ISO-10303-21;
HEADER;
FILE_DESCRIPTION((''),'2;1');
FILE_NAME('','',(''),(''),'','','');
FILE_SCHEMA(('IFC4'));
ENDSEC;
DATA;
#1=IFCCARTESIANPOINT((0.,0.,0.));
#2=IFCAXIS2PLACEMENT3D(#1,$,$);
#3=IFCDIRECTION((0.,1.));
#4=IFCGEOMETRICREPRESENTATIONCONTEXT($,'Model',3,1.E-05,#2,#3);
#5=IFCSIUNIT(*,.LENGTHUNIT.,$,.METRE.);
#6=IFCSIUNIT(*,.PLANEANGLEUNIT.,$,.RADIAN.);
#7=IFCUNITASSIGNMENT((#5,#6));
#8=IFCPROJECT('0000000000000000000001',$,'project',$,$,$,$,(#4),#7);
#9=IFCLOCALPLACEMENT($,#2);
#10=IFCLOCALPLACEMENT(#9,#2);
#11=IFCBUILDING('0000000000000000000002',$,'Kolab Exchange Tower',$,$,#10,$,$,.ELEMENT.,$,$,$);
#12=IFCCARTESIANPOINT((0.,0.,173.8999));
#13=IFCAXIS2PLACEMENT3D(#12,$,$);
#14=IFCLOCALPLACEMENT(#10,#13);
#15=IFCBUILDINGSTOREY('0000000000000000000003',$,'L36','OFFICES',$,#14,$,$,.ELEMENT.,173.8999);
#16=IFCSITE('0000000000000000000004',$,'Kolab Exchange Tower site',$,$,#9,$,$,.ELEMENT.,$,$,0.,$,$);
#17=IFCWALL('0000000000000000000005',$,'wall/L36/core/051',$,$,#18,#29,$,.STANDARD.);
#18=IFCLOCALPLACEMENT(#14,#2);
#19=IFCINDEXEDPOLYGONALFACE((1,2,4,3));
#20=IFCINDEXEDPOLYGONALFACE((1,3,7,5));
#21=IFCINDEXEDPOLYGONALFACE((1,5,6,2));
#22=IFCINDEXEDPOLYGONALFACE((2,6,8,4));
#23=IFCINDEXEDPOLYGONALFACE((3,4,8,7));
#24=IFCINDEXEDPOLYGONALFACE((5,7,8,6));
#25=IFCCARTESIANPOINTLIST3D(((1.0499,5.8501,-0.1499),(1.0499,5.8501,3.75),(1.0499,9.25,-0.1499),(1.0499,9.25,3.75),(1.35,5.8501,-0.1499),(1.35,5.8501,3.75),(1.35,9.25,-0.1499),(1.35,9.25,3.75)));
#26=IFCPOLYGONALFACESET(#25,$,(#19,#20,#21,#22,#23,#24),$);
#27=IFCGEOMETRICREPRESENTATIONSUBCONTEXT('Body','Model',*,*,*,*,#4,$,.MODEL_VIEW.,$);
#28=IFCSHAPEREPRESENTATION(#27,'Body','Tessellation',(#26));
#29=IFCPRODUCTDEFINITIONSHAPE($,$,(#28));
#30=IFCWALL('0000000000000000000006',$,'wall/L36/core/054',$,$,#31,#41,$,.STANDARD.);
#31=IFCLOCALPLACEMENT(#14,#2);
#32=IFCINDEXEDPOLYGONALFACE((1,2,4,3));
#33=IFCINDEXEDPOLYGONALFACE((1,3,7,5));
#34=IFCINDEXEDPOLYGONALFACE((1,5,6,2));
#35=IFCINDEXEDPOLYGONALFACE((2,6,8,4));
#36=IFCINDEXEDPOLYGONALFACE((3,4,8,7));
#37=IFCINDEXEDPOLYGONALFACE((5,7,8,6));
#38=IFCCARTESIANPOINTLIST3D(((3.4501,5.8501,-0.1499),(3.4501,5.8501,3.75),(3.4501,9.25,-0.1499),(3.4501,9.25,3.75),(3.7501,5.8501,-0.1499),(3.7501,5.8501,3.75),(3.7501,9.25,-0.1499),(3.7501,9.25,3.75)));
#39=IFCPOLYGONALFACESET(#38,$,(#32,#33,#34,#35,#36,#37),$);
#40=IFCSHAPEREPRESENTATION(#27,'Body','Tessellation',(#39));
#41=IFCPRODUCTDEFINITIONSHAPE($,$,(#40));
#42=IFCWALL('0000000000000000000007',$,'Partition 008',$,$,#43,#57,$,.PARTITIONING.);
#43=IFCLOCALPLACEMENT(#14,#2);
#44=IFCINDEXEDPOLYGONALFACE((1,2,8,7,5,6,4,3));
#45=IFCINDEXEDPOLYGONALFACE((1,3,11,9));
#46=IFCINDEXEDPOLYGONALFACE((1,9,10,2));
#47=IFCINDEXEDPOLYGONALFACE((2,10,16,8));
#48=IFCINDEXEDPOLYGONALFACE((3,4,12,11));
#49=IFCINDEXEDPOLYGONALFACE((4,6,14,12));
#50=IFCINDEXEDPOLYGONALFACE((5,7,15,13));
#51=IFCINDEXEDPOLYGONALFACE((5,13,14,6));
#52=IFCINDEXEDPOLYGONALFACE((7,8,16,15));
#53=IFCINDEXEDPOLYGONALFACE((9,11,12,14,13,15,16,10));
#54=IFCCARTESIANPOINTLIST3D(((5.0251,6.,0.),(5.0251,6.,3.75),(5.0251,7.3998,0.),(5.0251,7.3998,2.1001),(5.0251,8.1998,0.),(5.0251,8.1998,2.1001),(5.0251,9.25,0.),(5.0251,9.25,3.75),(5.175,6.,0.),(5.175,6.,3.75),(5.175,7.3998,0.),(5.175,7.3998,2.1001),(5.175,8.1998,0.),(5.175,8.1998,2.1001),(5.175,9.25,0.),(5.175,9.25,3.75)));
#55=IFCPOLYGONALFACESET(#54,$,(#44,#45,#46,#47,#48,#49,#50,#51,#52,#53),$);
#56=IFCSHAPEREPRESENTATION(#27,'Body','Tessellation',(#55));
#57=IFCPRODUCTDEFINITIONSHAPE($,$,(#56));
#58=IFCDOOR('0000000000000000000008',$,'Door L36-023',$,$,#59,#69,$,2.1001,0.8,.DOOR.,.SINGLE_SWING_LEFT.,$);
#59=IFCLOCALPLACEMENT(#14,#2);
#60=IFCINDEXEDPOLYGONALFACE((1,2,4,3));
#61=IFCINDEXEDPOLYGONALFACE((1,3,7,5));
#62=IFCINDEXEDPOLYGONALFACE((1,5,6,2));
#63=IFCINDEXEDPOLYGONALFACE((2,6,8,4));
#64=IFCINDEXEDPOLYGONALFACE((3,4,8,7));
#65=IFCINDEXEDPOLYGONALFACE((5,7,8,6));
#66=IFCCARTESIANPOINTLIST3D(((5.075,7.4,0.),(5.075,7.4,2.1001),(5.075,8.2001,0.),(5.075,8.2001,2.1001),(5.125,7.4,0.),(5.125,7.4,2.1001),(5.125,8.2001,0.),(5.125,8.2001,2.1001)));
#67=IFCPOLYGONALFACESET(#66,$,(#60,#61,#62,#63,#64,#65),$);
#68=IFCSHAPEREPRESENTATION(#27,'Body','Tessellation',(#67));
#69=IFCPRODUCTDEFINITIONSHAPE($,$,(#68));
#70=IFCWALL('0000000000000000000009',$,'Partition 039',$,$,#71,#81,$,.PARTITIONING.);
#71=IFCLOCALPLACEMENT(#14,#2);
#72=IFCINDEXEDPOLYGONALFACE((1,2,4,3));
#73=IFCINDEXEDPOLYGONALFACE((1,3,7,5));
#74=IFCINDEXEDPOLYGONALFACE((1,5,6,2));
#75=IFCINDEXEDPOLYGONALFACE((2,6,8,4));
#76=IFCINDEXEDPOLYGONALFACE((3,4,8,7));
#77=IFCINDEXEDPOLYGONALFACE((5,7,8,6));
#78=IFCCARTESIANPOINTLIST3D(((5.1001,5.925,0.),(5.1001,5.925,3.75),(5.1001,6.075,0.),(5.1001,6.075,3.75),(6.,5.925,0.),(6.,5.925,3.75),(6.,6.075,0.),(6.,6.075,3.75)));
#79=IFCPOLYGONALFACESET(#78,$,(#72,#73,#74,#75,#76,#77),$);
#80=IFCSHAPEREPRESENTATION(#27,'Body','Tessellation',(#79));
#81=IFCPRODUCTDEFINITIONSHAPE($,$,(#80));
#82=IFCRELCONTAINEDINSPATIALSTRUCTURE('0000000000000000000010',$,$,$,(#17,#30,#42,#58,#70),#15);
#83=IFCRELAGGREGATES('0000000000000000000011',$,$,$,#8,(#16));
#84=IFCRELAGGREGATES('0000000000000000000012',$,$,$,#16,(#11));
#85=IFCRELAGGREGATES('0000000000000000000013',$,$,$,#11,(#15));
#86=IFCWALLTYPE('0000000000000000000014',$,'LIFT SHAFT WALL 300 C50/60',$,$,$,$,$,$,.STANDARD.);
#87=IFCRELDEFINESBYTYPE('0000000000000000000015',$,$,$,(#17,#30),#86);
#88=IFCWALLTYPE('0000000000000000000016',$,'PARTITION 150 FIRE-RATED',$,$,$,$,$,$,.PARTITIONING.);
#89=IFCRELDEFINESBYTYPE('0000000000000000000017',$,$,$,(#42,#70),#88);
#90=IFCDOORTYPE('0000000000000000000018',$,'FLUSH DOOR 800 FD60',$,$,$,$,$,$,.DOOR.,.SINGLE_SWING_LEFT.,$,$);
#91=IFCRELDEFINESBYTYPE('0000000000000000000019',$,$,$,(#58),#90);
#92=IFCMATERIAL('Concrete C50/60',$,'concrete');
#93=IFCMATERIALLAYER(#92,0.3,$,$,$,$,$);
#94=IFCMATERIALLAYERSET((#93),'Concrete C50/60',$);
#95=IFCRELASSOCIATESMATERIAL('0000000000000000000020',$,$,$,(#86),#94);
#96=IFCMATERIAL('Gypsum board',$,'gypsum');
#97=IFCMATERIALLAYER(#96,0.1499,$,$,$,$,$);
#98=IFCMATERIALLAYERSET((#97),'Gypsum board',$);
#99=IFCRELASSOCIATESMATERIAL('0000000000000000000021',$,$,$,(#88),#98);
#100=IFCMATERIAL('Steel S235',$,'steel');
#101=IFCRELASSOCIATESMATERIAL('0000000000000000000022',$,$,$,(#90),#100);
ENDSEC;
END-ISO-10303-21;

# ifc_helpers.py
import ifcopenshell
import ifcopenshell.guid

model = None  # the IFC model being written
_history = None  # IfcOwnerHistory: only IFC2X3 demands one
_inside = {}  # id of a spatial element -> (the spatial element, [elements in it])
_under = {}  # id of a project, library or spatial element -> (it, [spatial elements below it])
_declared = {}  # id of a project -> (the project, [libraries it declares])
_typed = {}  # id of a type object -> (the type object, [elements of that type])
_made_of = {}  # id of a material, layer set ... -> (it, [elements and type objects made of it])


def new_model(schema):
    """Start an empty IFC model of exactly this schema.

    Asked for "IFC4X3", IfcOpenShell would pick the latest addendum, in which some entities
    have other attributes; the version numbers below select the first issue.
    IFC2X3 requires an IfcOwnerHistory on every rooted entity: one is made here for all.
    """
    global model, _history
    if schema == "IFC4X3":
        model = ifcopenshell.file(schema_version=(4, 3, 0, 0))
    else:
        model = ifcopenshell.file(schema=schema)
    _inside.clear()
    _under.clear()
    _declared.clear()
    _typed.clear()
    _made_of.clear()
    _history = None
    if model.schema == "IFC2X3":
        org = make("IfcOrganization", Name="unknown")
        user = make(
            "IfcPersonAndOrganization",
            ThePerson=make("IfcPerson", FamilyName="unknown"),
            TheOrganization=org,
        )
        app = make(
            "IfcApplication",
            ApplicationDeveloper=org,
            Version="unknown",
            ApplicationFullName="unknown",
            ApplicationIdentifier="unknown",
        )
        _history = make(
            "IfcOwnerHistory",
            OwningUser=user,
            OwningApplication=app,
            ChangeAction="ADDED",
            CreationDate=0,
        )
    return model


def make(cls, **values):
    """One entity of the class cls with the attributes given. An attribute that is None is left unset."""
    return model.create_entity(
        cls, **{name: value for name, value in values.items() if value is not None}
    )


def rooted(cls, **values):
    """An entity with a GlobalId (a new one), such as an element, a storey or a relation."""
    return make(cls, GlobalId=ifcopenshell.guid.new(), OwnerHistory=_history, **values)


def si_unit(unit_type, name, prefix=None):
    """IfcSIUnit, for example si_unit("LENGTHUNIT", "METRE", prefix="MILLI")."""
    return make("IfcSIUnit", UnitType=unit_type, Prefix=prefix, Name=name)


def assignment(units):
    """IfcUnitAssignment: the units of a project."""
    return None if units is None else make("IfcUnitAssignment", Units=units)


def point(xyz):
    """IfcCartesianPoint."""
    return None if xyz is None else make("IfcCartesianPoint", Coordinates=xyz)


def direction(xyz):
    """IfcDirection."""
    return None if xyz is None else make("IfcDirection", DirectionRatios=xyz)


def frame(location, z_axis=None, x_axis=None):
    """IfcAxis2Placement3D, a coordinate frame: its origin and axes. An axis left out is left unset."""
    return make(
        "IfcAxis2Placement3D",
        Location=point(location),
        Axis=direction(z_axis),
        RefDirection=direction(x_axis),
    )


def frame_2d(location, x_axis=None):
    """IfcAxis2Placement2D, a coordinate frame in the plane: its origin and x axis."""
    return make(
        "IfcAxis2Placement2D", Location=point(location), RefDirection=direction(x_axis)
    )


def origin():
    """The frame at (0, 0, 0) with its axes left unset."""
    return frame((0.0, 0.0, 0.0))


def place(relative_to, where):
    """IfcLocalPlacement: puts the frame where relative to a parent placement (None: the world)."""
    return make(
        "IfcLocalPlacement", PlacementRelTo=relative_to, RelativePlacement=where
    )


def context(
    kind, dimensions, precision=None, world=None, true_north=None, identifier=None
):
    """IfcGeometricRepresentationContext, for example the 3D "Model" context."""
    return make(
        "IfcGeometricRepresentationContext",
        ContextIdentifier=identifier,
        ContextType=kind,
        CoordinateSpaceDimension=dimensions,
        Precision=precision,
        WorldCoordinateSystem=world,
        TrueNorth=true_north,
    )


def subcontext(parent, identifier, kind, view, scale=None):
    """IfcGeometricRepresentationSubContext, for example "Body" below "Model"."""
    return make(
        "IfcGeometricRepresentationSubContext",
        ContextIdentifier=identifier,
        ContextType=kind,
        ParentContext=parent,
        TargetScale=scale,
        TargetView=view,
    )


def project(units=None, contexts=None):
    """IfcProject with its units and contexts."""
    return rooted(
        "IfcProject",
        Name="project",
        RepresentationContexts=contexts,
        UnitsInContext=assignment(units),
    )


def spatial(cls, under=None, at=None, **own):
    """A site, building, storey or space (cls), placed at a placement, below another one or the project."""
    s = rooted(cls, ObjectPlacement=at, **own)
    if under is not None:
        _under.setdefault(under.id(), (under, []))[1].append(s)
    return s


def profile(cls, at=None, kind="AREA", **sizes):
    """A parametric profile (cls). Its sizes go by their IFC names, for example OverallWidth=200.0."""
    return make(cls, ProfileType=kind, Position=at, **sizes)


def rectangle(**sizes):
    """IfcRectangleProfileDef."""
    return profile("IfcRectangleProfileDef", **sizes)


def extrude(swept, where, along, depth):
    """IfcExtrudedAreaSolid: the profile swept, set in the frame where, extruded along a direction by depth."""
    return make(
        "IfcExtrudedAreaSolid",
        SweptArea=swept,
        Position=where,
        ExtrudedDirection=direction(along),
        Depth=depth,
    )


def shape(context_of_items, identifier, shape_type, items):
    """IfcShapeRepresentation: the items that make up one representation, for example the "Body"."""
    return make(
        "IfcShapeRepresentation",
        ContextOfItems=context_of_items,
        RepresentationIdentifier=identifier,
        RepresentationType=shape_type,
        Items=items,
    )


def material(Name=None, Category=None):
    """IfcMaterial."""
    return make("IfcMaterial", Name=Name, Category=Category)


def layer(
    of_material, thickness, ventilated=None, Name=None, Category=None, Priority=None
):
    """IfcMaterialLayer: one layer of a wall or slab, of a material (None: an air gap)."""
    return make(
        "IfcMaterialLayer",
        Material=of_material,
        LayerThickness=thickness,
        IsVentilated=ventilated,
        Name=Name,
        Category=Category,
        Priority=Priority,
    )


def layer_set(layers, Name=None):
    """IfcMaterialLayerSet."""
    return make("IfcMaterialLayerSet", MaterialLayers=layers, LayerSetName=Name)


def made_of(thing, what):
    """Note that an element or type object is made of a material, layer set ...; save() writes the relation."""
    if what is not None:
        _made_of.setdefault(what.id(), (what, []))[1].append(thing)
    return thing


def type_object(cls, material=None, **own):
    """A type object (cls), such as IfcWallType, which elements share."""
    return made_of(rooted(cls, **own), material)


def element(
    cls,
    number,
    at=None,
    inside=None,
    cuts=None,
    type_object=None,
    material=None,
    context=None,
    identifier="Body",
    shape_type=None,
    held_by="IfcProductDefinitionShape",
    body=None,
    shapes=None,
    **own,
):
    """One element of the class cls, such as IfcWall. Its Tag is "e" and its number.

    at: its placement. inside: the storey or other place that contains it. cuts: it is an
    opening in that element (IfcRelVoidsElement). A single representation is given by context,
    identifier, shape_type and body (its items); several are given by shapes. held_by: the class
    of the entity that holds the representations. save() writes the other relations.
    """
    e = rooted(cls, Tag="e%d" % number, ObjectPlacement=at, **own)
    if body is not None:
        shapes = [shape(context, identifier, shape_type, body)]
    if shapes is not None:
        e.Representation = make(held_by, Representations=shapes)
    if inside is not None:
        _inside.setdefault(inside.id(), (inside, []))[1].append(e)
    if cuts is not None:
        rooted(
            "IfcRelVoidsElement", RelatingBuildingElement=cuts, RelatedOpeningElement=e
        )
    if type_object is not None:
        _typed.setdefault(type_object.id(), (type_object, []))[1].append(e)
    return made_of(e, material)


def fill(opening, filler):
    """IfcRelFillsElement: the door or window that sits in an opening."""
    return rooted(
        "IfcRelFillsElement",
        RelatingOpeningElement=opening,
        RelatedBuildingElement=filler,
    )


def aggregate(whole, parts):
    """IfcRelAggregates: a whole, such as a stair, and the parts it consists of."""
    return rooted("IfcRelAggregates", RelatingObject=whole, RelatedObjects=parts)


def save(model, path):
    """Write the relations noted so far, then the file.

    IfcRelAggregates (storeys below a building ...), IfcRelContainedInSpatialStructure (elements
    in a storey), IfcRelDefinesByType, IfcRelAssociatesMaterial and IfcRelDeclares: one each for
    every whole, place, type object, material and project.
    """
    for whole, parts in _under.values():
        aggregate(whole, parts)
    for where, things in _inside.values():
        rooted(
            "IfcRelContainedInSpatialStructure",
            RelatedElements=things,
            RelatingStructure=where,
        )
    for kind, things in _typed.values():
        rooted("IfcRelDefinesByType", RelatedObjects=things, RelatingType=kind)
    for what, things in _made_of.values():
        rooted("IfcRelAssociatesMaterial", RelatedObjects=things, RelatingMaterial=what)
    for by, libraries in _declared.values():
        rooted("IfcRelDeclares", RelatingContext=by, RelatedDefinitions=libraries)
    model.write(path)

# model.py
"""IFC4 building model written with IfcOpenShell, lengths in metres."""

from ifc_helpers import new_model, si_unit, direction, frame, frame_2d, origin, place, context, subcontext, project, spatial, rectangle, extrude, material, layer, layer_set, type_object, element, fill, save


model = new_model("IFC4")

# Units and contexts
model_context = context("Model", 3, precision=1e-05, world=origin(), true_north=direction((0.0, 1.0)))
body_context = subcontext(model_context, "Body", "Model", "MODEL_VIEW")
ifc_project = project(units=[si_unit("LENGTHUNIT", "METRE"), si_unit("PLANEANGLEUNIT", "RADIAN")], contexts=[model_context])

# Site, building, storey
site_placement = place(None, origin())
site = spatial("IfcSite", under=ifc_project, at=site_placement, Name="Kolab Exchange Tower site", CompositionType="ELEMENT", RefElevation=0.0)
building_placement = place(site_placement, origin())
building = spatial("IfcBuilding", under=site, at=building_placement, Name="Kolab Exchange Tower", CompositionType="ELEMENT")
storey_placement = place(building_placement, frame((0.0, 0.0, 173.8999)))
storey = spatial("IfcBuildingStorey", under=building, at=storey_placement, Name="L36", Description="OFFICES", CompositionType="ELEMENT", Elevation=173.8999)

# Shared definitions
ifc_material_1 = material(Name="Concrete C50/60", Category="concrete")

# Shared definitions
ifc_layer_1 = layer(ifc_material_1, 0.3)
ifc_layer_set_1 = layer_set([ifc_layer_1], Name="Concrete C50/60")
wall_type_1 = type_object("IfcWallType", Name="LIFT SHAFT WALL 300 C50/60", PredefinedType="STANDARD", material=ifc_layer_set_1)

# Walls
for number, where, z_axis, x_axis, name in (
    (1, (1.2, 5.8501, -0.1499), (0.0, 0.0, 1.0), (0.0, 1.0, 0.0), "wall/L36/core/051"),
    (2, (3.6001, 5.8501, -0.1499), (0.0, 0.0, 1.0), (0.0, 1.0, 0.0), "wall/L36/core/054"),
):
    element("IfcWall", number, at=place(storey_placement, frame(where, z_axis=z_axis, x_axis=x_axis)), inside=storey, type_object=wall_type_1, Name=name, PredefinedType="STANDARD", context=body_context, shape_type="SweptSolid", body=[
        extrude(rectangle(XDim=3.3999, YDim=0.3, at=frame_2d((1.7, 0.0))), origin(), (0.0, 0.0, 1.0), 3.8999),
    ])

# Wall, opening, door
ifc_material_2 = material(Name="Gypsum board", Category="gypsum")
ifc_layer_2 = layer(ifc_material_2, 0.1499)
ifc_layer_set_2 = layer_set([ifc_layer_2], Name="Gypsum board")
wall_type_2 = type_object("IfcWallType", Name="PARTITION 150 FIRE-RATED", PredefinedType="PARTITIONING", material=ifc_layer_set_2)
wall_1_placement = place(storey_placement, frame((5.1001, 6.0, 0.0), z_axis=(0.0, 0.0, 1.0), x_axis=(0.0, 1.0, 0.0)))
wall_1 = element("IfcWall", 3, at=wall_1_placement, inside=storey, type_object=wall_type_2, Name="Partition 008", PredefinedType="PARTITIONING", context=body_context, shape_type="SweptSolid", body=[
    extrude(rectangle(XDim=3.25, YDim=0.1499, at=frame_2d((1.625, 0.0))), origin(), (0.0, 0.0, 1.0), 3.75),
])
opening_1_placement = place(wall_1_placement, frame((1.3999, 0.0, 0.0)))
opening_1 = element("IfcOpeningElement", 4, at=opening_1_placement, cuts=wall_1, PredefinedType="OPENING", context=body_context, shape_type="SweptSolid", body=[
    extrude(rectangle(XDim=0.8, YDim=2.1001, at=frame_2d((0.3999, 1.05))), frame((0.0, 0.085, 0.0), z_axis=(0.0, -1.0, 0.0), x_axis=(1.0, 0.0, 0.0)), (0.0, 0.0, 1.0), 0.1699),
])
ifc_material_3 = material(Name="Steel S235", Category="steel")
door_type_1 = type_object("IfcDoorType", Name="FLUSH DOOR 800 FD60", OperationType="SINGLE_SWING_LEFT", PredefinedType="DOOR", material=ifc_material_3)
door_1_placement = place(opening_1_placement, frame((0.8, 0.0, 0.0), z_axis=(0.0, 0.0, 1.0), x_axis=(-1.0, 0.0, 0.0)))
door_1 = element("IfcDoor", 5, at=door_1_placement, inside=storey, type_object=door_type_1, Name="Door L36-023", OperationType="SINGLE_SWING_LEFT", OverallHeight=2.1001, OverallWidth=0.8, PredefinedType="DOOR", context=body_context, shape_type="SweptSolid", body=[
    extrude(rectangle(XDim=0.8, YDim=2.1001, at=frame_2d((0.3999, 1.05))), frame((0.0, 0.0249, 0.0), z_axis=(0.0, -1.0, 0.0), x_axis=(1.0, 0.0, 0.0)), (0.0, 0.0, 1.0), 0.05),
])
fill(opening_1, door_1)

# Wall
wall_2_placement = place(storey_placement, frame((5.1001, 6.0, 0.0), z_axis=(0.0, 0.0, 1.0), x_axis=(1.0, 0.0, 0.0)))
element("IfcWall", 6, at=wall_2_placement, inside=storey, type_object=wall_type_2, Name="Partition 039", PredefinedType="PARTITIONING", context=body_context, shape_type="SweptSolid", body=[
    extrude(rectangle(XDim=0.8999, YDim=0.1499, at=frame_2d((0.45, 0.0))), origin(), (0.0, 0.0, 1.0), 3.75),
])

save(model, "model.ifc")
